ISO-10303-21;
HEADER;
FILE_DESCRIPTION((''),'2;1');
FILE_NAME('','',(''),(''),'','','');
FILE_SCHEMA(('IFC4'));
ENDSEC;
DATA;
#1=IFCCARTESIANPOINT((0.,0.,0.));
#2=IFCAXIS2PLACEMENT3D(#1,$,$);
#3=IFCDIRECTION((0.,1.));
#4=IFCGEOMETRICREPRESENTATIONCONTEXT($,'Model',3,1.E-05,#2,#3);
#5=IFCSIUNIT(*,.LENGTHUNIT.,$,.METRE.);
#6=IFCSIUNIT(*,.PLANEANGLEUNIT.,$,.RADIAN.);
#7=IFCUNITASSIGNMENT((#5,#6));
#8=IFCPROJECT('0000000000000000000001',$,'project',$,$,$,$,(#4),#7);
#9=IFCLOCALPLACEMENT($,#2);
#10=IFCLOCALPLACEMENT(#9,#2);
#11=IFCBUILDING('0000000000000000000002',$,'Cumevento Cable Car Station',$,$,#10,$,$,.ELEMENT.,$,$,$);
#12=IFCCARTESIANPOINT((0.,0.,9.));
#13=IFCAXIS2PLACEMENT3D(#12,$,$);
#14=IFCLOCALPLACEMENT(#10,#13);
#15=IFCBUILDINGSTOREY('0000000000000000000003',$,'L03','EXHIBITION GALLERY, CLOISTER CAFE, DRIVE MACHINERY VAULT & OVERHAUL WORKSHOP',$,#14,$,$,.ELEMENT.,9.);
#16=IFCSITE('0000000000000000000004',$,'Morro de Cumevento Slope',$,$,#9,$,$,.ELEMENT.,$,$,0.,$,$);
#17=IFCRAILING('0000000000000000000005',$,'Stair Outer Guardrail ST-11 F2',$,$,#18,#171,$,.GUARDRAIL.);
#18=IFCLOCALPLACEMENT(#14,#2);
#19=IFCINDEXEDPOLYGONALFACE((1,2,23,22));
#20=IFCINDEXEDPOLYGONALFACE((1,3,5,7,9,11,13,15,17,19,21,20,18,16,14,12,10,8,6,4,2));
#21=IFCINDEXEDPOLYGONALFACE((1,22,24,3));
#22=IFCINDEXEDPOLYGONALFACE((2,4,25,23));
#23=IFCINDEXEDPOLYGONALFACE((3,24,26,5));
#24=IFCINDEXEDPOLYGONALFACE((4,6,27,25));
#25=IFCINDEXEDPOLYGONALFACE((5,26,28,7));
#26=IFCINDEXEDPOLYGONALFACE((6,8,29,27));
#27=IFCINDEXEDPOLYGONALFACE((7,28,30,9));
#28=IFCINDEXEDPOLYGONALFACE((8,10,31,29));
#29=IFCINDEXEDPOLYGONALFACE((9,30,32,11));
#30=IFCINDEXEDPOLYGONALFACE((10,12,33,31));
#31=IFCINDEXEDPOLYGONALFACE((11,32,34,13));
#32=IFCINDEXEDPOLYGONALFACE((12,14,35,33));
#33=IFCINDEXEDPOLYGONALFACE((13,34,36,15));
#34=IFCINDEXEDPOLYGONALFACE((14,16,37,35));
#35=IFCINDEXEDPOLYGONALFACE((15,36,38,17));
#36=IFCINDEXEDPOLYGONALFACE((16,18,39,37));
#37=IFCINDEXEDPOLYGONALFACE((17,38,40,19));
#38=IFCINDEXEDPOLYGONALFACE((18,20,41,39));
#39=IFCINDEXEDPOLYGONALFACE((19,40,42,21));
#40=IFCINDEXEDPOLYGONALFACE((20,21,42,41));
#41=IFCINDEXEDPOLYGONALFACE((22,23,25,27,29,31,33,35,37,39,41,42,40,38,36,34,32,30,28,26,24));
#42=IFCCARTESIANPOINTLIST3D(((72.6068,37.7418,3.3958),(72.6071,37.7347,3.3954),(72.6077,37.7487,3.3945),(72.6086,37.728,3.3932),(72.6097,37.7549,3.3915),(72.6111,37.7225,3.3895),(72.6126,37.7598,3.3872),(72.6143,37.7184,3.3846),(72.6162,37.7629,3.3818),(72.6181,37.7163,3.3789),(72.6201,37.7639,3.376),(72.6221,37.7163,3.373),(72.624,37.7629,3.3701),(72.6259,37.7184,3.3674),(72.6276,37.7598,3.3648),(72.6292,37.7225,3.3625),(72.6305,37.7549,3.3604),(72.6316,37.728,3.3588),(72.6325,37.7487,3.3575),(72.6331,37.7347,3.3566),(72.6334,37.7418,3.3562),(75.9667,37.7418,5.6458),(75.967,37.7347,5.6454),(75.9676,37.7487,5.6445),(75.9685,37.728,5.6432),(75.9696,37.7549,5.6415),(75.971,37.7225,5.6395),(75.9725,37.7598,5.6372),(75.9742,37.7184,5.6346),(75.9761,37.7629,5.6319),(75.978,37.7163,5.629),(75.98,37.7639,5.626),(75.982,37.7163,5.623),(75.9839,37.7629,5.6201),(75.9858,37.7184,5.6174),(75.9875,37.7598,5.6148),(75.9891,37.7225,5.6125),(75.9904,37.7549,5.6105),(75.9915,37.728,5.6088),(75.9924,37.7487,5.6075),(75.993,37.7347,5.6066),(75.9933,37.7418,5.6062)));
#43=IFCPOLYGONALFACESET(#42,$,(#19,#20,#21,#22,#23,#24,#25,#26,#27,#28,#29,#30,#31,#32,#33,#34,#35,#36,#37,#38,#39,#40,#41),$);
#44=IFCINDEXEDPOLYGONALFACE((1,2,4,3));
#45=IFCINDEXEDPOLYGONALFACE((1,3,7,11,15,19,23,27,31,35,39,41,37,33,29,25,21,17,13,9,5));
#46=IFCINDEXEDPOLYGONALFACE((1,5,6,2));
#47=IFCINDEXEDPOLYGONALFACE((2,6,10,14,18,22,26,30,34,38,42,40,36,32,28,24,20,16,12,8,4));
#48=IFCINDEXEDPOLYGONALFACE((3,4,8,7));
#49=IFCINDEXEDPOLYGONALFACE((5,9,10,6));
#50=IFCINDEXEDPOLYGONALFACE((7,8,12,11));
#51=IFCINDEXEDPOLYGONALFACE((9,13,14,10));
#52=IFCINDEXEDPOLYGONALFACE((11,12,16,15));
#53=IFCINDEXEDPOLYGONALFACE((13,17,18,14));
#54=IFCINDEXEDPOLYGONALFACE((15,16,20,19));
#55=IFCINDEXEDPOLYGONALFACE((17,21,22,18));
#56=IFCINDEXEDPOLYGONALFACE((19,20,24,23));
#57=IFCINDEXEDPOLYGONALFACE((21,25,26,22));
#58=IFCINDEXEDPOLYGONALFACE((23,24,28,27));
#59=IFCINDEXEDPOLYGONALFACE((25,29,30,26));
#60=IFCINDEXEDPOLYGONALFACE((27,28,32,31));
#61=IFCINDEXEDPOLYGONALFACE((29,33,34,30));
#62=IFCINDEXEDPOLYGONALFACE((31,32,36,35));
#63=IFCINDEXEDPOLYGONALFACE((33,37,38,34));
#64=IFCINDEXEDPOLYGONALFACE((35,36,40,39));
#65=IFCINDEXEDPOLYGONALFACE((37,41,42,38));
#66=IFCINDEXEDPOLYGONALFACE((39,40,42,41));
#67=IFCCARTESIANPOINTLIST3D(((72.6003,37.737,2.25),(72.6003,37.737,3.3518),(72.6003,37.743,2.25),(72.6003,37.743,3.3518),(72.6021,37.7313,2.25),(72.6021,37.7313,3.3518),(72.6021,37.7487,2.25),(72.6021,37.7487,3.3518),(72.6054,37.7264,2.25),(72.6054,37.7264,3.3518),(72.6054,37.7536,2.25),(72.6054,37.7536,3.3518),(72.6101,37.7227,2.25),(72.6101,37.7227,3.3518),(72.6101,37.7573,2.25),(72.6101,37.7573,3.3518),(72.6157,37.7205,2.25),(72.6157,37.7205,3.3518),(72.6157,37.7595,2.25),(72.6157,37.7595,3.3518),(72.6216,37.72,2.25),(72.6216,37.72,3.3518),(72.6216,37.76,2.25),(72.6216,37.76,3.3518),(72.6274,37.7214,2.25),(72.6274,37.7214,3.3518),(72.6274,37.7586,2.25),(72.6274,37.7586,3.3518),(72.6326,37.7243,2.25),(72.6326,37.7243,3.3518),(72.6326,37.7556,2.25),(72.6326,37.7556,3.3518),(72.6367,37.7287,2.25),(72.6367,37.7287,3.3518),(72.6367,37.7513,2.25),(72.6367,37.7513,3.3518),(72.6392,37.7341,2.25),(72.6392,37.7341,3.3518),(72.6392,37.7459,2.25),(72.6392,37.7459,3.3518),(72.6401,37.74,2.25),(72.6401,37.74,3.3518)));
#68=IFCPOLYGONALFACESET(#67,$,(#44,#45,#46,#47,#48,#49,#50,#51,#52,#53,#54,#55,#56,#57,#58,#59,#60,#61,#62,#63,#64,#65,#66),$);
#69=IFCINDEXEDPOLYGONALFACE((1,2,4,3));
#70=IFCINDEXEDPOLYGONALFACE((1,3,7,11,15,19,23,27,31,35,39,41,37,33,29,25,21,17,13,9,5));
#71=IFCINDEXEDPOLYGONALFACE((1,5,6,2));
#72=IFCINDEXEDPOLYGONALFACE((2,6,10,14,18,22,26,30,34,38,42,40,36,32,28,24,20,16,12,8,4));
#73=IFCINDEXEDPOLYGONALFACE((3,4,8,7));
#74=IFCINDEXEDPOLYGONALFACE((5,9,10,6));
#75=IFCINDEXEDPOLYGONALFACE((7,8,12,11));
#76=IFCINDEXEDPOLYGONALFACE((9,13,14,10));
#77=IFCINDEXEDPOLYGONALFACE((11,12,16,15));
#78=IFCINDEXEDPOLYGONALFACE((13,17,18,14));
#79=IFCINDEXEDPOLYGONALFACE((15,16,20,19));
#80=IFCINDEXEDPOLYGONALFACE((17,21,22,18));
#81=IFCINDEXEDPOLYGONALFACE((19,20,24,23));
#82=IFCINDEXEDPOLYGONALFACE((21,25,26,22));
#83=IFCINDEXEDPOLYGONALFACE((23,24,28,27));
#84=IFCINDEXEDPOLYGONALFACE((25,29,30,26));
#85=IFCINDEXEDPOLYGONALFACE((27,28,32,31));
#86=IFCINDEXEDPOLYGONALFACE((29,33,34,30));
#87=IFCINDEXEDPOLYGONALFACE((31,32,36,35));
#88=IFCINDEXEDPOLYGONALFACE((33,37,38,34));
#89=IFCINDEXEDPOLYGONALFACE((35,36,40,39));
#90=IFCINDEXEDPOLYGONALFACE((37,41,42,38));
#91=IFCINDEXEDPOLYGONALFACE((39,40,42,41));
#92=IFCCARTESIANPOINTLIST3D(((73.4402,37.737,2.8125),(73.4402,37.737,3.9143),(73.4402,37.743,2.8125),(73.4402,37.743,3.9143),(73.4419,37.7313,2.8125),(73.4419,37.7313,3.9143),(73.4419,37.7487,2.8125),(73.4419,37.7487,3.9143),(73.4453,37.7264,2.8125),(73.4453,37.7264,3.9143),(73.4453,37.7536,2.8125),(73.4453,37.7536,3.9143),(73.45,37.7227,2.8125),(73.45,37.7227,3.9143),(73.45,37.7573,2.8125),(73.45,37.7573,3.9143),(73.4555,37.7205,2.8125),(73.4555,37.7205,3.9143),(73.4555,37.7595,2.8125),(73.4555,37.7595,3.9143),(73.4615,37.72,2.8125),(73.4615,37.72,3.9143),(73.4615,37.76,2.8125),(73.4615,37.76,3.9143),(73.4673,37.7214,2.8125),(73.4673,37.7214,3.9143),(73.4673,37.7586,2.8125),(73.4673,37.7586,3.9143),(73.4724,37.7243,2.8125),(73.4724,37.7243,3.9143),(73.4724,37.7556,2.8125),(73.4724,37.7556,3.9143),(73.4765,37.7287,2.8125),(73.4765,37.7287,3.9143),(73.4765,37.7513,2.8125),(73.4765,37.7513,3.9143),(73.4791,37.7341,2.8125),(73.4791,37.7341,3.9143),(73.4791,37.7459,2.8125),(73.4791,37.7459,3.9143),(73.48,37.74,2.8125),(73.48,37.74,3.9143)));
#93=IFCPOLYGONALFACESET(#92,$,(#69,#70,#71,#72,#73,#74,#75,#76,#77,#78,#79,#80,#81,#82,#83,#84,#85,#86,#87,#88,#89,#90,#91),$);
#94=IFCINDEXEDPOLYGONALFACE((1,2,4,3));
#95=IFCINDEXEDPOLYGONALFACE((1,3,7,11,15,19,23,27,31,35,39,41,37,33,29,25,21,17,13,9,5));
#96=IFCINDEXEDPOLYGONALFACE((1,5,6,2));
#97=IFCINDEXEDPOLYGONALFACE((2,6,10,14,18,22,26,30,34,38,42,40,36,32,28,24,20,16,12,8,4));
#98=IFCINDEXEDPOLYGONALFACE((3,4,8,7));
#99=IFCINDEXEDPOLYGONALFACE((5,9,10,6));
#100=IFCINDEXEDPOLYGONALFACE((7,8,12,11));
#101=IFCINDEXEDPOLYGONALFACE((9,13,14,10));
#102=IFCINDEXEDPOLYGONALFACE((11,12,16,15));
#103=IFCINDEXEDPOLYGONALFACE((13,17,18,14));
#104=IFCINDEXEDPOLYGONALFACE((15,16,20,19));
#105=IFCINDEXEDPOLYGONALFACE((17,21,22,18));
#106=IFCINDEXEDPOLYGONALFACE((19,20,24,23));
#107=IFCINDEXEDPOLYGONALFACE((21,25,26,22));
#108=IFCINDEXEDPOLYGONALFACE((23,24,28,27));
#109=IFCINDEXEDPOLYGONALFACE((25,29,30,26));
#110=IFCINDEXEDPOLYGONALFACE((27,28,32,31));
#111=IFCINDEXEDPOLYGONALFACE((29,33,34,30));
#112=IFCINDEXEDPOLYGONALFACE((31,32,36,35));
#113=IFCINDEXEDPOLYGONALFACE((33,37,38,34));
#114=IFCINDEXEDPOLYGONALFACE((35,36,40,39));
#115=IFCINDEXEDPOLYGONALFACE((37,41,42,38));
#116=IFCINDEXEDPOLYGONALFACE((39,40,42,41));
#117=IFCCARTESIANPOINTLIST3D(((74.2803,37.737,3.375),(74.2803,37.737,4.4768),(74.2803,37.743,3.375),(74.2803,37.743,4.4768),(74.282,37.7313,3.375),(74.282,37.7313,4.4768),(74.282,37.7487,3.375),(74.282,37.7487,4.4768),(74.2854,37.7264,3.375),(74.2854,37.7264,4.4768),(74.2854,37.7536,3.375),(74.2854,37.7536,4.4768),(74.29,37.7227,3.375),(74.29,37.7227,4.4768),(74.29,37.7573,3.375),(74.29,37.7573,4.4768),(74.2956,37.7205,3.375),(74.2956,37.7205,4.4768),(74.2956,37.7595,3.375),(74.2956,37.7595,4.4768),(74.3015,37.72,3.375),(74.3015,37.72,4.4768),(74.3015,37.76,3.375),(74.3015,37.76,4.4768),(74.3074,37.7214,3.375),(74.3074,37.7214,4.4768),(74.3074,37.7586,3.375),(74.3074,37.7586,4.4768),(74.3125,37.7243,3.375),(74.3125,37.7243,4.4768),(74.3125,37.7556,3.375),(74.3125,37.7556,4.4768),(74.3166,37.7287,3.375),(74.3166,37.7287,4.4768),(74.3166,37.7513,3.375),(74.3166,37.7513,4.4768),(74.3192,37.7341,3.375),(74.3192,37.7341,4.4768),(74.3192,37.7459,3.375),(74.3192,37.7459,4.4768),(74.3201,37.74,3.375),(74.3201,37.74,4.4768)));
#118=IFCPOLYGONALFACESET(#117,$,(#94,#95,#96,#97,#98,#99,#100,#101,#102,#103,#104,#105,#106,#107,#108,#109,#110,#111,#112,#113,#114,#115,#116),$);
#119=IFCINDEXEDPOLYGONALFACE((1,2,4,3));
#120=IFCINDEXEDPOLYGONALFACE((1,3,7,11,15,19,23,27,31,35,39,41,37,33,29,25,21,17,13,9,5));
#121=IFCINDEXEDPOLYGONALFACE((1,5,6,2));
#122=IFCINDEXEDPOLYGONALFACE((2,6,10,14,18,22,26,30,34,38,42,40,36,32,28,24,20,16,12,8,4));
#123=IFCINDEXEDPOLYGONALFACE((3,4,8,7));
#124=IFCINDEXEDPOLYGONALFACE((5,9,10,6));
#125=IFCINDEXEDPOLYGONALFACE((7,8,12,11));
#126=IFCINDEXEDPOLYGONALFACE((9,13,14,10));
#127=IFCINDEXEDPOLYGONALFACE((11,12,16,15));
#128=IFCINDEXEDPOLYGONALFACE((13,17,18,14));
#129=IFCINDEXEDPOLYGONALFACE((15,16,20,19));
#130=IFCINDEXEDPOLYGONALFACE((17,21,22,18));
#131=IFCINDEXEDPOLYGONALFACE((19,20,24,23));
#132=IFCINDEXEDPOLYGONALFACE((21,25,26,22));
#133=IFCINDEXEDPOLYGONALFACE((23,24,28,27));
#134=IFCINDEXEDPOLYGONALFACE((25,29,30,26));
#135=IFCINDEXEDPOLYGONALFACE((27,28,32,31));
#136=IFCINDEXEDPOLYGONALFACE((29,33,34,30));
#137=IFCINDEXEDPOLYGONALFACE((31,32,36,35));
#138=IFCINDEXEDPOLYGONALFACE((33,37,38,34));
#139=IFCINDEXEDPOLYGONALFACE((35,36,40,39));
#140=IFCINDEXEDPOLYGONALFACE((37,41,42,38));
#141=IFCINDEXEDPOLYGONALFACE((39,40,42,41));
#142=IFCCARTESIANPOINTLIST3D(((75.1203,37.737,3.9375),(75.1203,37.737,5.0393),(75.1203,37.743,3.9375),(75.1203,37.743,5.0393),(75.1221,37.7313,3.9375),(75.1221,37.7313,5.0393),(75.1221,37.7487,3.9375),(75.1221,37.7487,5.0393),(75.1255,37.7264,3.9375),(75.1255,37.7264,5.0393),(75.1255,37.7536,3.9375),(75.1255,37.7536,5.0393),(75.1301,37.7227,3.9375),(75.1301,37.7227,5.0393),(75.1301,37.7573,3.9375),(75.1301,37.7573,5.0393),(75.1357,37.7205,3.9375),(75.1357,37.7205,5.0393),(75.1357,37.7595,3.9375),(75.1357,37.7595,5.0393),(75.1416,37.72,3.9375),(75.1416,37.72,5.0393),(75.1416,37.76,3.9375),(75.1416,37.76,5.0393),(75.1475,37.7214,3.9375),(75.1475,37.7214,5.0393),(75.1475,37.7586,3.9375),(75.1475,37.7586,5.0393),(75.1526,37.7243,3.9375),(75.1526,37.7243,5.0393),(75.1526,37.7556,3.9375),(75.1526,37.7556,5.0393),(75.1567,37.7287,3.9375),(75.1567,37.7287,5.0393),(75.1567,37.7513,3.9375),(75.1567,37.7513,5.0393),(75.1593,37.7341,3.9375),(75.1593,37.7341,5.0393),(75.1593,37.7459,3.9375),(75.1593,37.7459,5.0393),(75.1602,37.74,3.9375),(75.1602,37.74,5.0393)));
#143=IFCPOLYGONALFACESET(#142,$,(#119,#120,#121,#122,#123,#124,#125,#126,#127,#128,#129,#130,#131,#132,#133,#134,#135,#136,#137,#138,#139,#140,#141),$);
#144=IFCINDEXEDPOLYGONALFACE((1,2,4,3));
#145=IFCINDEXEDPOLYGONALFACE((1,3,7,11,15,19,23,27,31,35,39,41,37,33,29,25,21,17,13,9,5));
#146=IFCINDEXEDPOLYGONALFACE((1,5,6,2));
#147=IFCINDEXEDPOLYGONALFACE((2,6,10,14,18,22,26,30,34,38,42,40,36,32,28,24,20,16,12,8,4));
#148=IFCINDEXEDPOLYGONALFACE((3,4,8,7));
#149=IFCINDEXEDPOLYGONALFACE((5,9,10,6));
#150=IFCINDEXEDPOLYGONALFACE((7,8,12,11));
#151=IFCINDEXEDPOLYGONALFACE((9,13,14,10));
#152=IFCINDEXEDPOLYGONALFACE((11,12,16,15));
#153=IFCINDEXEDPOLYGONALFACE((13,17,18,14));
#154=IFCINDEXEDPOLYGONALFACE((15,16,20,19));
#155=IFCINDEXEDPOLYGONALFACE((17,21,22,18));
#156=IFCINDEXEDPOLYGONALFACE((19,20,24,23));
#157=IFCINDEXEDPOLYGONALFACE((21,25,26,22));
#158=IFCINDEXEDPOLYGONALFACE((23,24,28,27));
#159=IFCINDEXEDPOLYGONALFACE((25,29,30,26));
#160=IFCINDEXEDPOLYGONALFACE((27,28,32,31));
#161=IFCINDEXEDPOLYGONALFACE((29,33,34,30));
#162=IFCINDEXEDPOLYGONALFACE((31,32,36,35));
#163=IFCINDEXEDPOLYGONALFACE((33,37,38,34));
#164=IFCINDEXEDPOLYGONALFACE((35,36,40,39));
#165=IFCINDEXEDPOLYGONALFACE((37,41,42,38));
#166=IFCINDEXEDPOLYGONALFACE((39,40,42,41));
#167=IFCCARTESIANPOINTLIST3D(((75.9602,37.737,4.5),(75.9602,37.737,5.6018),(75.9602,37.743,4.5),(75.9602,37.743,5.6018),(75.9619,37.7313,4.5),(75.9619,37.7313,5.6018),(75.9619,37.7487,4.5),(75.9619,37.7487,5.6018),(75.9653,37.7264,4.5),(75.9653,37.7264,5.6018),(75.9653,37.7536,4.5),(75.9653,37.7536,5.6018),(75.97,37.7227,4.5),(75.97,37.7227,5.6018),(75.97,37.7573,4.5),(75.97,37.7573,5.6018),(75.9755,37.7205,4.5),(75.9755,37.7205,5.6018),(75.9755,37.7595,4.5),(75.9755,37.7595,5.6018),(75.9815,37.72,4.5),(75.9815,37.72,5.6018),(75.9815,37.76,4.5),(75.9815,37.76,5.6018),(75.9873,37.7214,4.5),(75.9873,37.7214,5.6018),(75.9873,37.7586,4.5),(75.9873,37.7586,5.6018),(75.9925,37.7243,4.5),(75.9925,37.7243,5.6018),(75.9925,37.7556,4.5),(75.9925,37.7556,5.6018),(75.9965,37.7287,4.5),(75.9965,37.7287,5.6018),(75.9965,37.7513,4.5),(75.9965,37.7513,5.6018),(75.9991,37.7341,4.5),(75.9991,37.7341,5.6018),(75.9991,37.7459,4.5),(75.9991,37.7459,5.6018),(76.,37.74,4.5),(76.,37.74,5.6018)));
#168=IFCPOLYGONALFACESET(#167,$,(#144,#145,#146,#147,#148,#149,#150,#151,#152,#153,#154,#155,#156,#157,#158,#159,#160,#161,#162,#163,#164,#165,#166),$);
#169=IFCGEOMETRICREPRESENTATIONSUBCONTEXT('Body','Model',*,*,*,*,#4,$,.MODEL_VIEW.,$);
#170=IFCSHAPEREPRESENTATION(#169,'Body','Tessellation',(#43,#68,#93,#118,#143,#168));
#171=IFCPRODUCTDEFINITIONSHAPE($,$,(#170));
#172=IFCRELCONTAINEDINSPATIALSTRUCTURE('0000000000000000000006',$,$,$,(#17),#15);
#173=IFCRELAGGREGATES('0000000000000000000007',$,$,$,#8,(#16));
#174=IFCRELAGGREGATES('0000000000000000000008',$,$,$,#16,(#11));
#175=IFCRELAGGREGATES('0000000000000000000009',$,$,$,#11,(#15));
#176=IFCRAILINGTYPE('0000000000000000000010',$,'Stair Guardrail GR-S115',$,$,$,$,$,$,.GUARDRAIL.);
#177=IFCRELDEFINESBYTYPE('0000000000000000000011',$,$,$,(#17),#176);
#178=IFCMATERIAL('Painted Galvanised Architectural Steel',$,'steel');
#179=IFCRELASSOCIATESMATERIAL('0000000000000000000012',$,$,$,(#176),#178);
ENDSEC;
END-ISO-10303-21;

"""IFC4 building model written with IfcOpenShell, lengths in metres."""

from ifc_helpers import new_model, si_unit, direction, frame, origin, origin_2d, place, context, subcontext, project, spatial, circle, extrude, material, type_object, element, save


model = new_model("IFC4")

# Units and contexts
model_context = context("Model", 3, precision=1e-05, world=origin(), true_north=direction((0.0, 1.0)))
body_context = subcontext(model_context, "Body", "Model", "MODEL_VIEW")
ifc_project = project(units=[si_unit("LENGTHUNIT", "METRE"), si_unit("PLANEANGLEUNIT", "RADIAN")], contexts=[model_context])

# Site, building, storey
site_placement = place(None, origin())
site = spatial("IfcSite", under=ifc_project, at=site_placement, Name="Morro de Cumevento Slope", CompositionType="ELEMENT", RefElevation=0.0)
building_placement = place(site_placement, origin())
building = spatial("IfcBuilding", under=site, at=building_placement, Name="Cumevento Cable Car Station", CompositionType="ELEMENT")
storey_placement = place(building_placement, frame((0.0, 0.0, 9.0)))
storey = spatial("IfcBuildingStorey", under=building, at=storey_placement, Name="L03", Description="EXHIBITION GALLERY, CLOISTER CAFE, DRIVE MACHINERY VAULT & OVERHAUL WORKSHOP", CompositionType="ELEMENT", Elevation=9.0)

# Railing
ifc_material_1 = material(Name="Painted Galvanised Architectural Steel", Category="steel")
railing_type_1 = type_object("IfcRailingType", Name="Stair Guardrail GR-S115", PredefinedType="GUARDRAIL", material=ifc_material_1)
railing_1_placement = place(storey_placement, frame((72.6201, 37.74, 2.25)))
element("IfcRailing", 1, at=railing_1_placement, inside=storey, type_object=railing_type_1, Name="Stair Outer Guardrail ST-11 F2", PredefinedType="GUARDRAIL", context=body_context, shape_type="SweptSolid", body=[
    extrude(circle(Radius=0.0239, at=origin_2d()), frame((0.0, 0.0, 1.126), z_axis=(0.830897, 0.0, 0.556427), x_axis=(0.0, 1.0, 0.0)), (0.0, 0.0, 1.0), 4.0437),
    extrude(circle(Radius=0.02, at=origin_2d()), origin(), (0.0, 0.0, 1.0), 1.1018),
    extrude(circle(Radius=0.02, at=origin_2d()), frame((0.8398, 0.0, 0.5625)), (0.0, 0.0, 1.0), 1.1018),
    extrude(circle(Radius=0.02, at=origin_2d()), frame((1.6799, 0.0, 1.125)), (0.0, 0.0, 1.0), 1.1018),
    extrude(circle(Radius=0.02, at=origin_2d()), frame((2.52, 0.0, 1.6875)), (0.0, 0.0, 1.0), 1.1018),
    extrude(circle(Radius=0.02, at=origin_2d()), frame((3.3599, 0.0, 2.25)), (0.0, 0.0, 1.0), 1.1018),
])

save(model, "model.ifc")
